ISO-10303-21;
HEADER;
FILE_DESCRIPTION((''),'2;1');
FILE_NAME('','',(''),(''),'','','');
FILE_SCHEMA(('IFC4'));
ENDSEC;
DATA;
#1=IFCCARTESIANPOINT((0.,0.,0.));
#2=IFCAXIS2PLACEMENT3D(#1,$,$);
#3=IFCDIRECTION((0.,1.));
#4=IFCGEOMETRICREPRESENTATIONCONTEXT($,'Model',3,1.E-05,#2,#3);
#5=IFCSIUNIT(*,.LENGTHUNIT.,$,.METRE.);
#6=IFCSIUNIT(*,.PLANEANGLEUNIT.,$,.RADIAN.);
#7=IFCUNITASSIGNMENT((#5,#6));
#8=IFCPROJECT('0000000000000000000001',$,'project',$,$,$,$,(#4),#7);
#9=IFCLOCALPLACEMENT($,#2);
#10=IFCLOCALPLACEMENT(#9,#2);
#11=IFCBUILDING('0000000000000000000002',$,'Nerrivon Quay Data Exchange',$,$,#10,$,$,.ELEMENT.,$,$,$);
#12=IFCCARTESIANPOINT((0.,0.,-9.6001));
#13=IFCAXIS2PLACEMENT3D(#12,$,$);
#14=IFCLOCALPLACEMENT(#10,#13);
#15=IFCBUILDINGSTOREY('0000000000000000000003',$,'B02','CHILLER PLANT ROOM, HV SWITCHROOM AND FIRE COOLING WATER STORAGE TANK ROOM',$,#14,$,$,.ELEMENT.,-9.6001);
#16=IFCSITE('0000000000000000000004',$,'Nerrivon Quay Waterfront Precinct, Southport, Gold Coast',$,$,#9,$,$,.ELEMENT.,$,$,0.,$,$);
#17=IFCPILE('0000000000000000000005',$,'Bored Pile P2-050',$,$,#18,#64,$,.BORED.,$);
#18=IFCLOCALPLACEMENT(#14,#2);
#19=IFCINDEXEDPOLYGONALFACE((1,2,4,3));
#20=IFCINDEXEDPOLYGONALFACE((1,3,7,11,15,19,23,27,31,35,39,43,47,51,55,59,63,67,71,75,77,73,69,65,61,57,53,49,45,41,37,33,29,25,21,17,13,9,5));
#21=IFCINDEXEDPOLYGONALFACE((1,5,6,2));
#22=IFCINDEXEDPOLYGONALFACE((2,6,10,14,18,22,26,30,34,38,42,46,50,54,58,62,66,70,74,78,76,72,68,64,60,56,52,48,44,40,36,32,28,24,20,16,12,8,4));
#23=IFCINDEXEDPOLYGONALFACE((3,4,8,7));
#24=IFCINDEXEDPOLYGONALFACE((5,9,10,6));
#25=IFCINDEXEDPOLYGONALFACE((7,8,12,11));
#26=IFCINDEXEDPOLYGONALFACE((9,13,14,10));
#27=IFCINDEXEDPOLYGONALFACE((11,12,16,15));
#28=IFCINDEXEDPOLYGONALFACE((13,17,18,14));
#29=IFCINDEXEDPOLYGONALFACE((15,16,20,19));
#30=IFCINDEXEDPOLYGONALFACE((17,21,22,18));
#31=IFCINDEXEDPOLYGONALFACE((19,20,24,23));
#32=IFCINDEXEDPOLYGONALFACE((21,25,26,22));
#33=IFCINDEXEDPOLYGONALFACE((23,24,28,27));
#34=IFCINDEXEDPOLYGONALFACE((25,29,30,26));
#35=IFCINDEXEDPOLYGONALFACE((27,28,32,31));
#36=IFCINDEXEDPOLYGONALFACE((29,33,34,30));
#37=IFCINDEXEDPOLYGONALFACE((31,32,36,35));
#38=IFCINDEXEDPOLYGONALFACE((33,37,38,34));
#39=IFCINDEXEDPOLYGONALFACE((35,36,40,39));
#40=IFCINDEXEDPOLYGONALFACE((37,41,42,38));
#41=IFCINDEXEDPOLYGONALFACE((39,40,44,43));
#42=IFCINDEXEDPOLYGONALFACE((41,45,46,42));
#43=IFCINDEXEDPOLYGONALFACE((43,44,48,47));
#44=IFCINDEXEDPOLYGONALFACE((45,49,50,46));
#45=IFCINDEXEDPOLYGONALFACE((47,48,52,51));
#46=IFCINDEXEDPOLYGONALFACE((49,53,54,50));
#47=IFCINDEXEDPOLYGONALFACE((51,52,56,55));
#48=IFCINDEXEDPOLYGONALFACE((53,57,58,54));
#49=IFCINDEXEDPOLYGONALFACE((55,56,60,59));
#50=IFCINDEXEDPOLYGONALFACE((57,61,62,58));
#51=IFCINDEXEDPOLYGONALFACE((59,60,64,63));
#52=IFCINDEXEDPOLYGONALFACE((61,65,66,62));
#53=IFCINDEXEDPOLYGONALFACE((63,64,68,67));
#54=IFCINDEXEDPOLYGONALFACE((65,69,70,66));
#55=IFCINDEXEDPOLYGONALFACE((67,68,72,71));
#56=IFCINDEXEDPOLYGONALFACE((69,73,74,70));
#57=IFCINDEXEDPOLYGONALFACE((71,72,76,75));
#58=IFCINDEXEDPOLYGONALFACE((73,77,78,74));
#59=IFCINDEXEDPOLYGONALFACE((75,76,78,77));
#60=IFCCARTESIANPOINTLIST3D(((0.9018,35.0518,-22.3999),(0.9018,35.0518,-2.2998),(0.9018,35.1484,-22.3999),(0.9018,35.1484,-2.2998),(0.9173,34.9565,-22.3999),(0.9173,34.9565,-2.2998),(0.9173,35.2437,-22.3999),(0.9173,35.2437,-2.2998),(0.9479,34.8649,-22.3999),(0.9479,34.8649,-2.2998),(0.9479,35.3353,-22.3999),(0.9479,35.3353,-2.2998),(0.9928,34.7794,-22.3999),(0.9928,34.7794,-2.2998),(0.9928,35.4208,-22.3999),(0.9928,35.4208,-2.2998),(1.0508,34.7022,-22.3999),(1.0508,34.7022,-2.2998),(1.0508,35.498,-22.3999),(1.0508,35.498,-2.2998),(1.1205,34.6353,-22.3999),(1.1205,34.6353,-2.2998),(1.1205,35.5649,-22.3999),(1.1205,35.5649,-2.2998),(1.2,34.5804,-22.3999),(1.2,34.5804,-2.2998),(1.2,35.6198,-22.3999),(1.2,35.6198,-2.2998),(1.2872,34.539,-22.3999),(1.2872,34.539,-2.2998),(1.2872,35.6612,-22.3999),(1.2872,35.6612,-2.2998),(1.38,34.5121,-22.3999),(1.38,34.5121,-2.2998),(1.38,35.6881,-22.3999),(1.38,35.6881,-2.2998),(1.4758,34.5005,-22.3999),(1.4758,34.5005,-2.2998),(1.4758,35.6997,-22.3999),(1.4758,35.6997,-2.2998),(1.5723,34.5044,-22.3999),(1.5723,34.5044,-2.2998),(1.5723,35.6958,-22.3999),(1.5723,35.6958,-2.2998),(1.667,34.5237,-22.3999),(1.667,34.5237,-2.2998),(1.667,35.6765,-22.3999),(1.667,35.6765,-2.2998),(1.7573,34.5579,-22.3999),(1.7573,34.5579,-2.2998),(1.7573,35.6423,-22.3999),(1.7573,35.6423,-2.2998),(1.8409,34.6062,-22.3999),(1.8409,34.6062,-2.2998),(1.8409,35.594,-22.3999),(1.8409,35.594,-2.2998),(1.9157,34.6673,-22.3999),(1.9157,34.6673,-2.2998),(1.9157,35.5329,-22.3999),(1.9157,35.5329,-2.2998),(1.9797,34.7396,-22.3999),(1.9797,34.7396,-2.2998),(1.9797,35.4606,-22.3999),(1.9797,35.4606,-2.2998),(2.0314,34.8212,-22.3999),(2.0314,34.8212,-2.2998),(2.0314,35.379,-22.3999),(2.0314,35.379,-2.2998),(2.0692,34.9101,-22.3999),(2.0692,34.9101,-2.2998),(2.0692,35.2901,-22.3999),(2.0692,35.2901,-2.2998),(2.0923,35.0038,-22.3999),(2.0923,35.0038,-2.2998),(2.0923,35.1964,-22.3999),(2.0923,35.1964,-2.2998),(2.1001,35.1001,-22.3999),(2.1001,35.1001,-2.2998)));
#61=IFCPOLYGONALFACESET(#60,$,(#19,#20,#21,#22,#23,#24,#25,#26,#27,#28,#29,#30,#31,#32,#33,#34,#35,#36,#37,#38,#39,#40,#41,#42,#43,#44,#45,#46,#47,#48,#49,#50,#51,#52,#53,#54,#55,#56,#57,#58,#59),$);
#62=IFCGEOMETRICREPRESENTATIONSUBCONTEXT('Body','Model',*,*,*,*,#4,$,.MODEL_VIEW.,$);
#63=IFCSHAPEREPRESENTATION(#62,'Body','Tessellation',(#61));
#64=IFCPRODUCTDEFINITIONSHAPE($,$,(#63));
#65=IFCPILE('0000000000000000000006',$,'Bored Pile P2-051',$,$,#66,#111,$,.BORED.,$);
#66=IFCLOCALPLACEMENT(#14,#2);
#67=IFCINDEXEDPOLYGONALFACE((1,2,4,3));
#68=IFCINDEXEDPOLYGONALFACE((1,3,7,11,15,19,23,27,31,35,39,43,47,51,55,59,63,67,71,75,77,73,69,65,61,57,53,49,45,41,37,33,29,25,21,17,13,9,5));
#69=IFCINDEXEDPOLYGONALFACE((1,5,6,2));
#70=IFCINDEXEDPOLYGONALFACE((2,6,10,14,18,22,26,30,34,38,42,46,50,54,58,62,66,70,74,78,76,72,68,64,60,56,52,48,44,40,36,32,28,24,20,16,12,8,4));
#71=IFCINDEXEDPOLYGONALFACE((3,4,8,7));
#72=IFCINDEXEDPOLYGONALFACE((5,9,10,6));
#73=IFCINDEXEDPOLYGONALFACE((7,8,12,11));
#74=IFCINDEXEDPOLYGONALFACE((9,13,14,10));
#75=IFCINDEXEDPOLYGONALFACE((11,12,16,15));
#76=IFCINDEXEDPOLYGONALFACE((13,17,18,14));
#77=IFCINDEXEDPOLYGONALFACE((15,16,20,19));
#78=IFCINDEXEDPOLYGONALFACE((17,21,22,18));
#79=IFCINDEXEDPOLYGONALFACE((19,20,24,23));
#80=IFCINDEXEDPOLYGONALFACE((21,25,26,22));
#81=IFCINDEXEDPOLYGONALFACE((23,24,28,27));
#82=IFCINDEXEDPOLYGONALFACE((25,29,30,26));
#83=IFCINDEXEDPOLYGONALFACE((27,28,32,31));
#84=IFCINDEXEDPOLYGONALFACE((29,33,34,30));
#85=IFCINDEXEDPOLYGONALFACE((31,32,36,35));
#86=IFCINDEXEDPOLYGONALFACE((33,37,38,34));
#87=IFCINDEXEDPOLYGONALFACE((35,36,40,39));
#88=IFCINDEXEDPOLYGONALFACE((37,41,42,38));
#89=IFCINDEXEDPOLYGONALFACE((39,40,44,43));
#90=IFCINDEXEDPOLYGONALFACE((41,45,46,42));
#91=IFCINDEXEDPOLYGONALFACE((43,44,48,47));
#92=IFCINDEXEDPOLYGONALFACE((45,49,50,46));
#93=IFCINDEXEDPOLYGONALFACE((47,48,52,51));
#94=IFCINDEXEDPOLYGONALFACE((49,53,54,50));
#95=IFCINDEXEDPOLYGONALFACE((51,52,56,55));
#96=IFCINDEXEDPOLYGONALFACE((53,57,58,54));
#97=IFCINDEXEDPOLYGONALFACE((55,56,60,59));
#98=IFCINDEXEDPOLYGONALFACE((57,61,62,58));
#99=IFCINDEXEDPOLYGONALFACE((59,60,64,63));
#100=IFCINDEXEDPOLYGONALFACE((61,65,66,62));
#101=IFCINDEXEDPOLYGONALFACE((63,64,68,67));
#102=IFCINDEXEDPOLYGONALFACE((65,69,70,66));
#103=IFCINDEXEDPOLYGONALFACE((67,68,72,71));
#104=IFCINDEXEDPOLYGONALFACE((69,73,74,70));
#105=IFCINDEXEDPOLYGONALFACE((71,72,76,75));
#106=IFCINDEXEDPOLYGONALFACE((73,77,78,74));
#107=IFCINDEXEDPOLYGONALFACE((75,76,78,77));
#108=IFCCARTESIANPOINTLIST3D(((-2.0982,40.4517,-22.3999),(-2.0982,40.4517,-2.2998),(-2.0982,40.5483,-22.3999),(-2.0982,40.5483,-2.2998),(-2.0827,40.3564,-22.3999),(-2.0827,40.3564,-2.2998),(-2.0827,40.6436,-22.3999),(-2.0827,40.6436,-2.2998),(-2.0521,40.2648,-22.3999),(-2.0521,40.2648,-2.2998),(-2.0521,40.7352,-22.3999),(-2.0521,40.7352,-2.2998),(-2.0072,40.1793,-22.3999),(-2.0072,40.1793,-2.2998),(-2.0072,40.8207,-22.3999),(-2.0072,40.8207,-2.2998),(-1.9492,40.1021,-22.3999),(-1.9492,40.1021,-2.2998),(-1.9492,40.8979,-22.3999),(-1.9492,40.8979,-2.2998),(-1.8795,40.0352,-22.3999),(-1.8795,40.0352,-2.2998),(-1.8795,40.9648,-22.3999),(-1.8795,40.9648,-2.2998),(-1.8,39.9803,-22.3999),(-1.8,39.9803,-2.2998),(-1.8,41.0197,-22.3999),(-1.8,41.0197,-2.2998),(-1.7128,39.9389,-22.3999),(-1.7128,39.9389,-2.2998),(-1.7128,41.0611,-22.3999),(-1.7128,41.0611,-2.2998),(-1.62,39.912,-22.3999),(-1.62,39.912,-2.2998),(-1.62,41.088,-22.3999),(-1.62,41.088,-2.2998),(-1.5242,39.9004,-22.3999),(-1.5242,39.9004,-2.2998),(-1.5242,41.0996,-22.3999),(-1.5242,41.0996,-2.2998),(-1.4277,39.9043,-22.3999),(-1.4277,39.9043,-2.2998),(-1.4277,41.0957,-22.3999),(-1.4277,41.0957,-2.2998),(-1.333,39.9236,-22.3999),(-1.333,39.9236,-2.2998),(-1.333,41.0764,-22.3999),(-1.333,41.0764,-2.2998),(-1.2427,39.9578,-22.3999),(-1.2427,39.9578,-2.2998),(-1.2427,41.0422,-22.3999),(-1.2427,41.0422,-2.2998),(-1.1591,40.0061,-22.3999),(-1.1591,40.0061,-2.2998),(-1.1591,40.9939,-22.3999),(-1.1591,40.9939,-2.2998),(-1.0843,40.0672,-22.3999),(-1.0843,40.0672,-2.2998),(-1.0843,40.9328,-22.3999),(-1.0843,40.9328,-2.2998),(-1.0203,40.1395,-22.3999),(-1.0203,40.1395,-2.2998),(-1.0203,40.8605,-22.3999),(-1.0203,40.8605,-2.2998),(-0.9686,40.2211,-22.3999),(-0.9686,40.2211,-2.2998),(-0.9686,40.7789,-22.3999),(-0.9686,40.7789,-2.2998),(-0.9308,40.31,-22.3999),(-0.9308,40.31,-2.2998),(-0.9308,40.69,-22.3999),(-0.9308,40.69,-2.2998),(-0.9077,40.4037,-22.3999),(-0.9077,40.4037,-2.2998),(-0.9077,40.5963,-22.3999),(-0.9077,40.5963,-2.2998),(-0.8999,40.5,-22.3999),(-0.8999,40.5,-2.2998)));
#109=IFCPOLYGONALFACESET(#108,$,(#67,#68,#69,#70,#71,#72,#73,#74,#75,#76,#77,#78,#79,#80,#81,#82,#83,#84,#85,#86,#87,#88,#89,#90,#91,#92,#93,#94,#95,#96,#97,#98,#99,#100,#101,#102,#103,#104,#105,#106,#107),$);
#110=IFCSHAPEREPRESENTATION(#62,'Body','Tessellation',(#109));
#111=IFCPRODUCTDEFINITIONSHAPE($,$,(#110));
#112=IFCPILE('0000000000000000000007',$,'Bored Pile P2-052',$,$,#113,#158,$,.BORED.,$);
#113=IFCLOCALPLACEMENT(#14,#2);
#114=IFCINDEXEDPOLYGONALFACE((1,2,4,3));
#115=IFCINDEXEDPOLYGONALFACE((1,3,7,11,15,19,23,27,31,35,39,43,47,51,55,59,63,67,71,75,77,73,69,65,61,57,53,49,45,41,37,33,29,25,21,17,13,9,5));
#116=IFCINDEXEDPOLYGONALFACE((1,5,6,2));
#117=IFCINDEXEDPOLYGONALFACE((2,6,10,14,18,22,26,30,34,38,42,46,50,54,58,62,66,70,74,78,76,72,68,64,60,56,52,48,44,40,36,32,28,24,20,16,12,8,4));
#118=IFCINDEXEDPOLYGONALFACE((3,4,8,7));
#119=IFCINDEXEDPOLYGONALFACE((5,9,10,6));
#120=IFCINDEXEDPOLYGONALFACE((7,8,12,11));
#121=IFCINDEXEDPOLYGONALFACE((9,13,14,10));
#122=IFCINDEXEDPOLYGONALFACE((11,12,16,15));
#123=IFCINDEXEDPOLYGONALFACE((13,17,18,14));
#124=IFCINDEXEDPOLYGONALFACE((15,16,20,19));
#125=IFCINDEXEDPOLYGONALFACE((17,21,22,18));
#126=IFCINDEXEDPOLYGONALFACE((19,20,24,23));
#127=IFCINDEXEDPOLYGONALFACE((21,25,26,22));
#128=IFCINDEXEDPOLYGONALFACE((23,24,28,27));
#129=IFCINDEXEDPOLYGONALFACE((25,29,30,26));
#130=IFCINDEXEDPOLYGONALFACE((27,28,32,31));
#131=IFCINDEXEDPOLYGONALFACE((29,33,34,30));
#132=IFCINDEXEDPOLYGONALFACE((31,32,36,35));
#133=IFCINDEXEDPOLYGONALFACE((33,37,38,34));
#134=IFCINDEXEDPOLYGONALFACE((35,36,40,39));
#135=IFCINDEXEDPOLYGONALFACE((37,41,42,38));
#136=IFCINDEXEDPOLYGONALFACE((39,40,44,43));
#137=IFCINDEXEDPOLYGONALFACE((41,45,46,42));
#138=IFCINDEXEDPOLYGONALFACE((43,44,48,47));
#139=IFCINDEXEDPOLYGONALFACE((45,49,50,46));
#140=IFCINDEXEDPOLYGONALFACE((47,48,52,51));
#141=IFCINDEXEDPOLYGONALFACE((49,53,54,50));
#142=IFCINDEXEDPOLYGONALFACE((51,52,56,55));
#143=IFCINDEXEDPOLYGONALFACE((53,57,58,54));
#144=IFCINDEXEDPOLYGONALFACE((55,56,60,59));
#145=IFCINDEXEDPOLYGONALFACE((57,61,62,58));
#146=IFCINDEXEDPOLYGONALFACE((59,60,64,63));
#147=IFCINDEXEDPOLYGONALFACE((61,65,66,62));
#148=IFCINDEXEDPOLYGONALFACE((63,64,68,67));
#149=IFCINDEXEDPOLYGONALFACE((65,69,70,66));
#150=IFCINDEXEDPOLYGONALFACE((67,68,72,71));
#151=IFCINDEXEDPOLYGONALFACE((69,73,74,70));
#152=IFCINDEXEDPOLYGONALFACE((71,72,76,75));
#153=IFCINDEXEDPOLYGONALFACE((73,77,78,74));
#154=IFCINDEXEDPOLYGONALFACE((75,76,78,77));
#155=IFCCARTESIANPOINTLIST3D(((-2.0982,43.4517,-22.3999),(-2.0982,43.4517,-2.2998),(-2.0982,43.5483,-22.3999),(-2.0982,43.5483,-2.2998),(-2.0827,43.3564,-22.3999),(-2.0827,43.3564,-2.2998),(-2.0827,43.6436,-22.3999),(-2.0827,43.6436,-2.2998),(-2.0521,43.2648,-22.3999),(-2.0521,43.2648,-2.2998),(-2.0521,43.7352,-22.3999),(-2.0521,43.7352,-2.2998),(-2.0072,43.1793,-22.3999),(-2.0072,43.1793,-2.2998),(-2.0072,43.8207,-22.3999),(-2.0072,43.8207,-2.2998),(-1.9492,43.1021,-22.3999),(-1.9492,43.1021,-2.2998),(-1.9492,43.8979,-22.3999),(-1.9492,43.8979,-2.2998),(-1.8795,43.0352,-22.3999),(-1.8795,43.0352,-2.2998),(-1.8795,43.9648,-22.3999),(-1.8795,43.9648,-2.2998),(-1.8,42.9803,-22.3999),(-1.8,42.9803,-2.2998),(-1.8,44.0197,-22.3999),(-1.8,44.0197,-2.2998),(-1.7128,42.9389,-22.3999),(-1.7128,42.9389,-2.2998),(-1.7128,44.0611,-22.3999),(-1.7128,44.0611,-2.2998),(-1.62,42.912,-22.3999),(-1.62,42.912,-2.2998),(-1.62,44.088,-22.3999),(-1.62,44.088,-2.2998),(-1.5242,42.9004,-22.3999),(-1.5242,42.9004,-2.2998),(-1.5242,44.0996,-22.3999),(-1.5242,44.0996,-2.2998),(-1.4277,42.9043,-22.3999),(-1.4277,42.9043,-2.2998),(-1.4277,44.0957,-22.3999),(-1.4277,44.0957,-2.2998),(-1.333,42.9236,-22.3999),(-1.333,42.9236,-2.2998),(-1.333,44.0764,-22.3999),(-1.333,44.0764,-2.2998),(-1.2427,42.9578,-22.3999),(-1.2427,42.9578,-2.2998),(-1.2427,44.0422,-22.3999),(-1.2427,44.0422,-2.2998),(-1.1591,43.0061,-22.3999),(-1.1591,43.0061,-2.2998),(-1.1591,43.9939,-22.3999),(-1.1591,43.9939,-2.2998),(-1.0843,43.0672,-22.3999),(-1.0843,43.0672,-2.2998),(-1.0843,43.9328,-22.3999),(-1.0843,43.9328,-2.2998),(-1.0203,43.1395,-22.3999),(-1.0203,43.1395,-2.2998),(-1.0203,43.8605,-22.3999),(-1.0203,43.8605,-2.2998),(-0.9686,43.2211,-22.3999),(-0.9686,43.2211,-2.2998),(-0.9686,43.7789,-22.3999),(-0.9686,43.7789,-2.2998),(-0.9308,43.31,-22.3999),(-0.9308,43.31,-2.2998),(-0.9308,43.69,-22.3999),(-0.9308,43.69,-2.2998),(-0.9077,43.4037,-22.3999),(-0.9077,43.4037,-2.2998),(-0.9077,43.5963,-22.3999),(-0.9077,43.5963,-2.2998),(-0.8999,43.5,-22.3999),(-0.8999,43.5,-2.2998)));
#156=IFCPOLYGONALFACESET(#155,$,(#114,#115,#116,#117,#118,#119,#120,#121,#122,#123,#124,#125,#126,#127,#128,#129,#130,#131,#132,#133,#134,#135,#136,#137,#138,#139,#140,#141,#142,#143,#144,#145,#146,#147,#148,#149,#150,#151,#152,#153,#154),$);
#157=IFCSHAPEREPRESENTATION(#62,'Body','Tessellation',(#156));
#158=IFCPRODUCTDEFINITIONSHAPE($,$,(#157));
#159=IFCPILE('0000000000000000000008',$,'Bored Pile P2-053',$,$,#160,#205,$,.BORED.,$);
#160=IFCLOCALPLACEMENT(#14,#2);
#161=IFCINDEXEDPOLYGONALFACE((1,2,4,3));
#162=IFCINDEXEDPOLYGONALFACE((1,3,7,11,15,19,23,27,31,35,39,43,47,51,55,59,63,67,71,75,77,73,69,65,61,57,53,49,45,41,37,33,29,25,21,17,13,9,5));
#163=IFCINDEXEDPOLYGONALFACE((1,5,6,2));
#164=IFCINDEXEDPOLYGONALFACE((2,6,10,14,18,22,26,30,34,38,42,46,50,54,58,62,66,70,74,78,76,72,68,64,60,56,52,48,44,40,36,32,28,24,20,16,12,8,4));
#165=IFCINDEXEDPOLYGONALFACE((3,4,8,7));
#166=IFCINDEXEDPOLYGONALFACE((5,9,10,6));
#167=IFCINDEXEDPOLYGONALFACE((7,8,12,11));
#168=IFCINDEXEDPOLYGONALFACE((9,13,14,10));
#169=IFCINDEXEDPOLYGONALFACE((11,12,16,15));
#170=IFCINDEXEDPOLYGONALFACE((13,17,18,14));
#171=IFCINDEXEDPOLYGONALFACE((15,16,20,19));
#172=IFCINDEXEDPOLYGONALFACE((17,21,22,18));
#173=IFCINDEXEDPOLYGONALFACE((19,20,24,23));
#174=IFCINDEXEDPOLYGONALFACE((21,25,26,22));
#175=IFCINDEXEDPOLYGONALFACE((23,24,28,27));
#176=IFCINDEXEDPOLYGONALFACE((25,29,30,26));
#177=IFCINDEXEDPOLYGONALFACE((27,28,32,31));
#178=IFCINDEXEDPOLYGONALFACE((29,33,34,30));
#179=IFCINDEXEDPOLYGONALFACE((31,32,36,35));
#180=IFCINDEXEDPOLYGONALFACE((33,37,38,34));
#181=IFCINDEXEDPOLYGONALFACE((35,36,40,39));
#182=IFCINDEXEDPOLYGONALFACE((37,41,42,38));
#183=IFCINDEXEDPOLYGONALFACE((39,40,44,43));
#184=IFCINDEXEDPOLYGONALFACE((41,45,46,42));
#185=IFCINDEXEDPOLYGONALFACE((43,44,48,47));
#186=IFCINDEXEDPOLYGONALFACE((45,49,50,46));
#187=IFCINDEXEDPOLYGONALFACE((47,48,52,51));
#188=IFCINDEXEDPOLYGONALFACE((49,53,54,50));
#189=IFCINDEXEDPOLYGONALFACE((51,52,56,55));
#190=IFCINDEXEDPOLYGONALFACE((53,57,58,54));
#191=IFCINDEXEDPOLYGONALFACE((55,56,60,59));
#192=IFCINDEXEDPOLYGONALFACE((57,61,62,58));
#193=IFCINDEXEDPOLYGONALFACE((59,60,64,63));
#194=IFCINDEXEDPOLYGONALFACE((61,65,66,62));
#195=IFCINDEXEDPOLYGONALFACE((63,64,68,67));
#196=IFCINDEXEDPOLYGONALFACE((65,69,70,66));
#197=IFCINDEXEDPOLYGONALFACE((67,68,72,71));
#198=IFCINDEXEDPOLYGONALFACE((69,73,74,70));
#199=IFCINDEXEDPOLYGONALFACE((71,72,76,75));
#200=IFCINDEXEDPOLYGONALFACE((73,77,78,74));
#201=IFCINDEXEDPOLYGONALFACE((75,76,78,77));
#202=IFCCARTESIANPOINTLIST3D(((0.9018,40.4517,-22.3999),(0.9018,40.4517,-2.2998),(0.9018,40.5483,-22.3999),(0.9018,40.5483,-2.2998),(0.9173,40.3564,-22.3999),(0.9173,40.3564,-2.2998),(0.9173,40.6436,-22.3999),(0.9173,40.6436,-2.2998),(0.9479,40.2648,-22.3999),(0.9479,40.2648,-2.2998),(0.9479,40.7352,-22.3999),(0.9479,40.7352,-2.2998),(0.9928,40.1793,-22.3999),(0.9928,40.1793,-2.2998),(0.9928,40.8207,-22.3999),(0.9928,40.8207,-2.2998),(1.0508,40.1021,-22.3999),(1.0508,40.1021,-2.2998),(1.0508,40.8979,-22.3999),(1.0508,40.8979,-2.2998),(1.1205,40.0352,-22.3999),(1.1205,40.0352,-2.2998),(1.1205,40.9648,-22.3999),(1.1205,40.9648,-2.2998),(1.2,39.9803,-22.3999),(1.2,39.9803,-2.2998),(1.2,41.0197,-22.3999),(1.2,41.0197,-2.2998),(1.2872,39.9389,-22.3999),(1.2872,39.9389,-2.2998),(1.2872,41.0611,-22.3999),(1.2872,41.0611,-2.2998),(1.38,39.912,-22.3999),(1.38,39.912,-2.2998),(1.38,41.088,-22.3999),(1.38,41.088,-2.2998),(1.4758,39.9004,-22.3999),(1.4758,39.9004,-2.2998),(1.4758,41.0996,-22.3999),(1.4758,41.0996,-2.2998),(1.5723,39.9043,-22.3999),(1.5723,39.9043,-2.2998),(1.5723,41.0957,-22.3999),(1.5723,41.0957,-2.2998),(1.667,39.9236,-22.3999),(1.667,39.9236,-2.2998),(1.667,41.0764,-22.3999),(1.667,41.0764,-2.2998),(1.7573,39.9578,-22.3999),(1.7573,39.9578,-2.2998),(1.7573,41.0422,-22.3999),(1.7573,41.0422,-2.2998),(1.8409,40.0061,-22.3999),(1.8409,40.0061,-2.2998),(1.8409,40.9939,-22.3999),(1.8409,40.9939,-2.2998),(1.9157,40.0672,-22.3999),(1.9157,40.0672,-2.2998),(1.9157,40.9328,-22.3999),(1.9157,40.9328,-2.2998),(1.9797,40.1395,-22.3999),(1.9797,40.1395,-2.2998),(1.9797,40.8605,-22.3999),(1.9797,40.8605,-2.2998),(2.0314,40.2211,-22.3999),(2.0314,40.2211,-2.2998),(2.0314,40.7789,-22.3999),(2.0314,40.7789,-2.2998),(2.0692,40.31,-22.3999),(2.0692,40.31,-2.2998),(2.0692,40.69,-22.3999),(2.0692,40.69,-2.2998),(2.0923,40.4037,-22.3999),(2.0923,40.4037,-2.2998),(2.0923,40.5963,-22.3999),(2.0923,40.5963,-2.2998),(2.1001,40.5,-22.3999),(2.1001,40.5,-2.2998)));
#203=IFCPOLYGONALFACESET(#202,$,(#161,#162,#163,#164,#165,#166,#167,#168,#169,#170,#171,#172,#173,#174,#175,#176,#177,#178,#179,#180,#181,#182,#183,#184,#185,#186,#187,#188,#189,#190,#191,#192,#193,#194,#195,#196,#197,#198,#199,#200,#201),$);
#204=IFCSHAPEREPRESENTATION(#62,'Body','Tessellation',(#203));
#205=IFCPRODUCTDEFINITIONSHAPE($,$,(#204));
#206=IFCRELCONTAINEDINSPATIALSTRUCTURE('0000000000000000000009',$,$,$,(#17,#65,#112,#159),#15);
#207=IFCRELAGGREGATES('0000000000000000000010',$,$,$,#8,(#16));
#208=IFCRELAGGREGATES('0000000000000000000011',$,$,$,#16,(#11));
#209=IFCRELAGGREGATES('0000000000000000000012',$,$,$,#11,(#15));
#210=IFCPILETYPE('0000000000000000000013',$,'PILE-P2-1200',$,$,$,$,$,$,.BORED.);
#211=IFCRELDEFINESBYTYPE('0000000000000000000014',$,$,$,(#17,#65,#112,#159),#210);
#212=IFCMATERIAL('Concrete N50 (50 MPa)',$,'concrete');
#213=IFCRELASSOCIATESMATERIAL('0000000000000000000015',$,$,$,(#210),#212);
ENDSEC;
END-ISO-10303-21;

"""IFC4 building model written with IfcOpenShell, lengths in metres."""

from ifc_helpers import new_model, si_unit, direction, frame, origin, origin_2d, place, context, subcontext, project, spatial, circle, extrude, material, material_profile, profile_set, type_object, element, save


model = new_model("IFC4")

# Units and contexts
model_context = context("Model", 3, precision=1e-05, world=origin(), true_north=direction((0.0, 1.0)))
body_context = subcontext(model_context, "Body", "Model", "MODEL_VIEW")
ifc_project = project(units=[si_unit("LENGTHUNIT", "METRE"), si_unit("PLANEANGLEUNIT", "RADIAN")], contexts=[model_context])

# Site, building, storey
site_placement = place(None, origin())
site = spatial("IfcSite", under=ifc_project, at=site_placement, Name="Nerrivon Quay Waterfront Precinct, Southport, Gold Coast", CompositionType="ELEMENT", RefElevation=0.0)
building_placement = place(site_placement, origin())
building = spatial("IfcBuilding", under=site, at=building_placement, Name="Nerrivon Quay Data Exchange", CompositionType="ELEMENT")
storey_placement = place(building_placement, frame((0.0, 0.0, -9.6001)))
storey = spatial("IfcBuildingStorey", under=building, at=storey_placement, Name="B02", Description="CHILLER PLANT ROOM, HV SWITCHROOM AND FIRE COOLING WATER STORAGE TANK ROOM", CompositionType="ELEMENT", Elevation=-9.6001)

# Piles
ifc_material_1 = material(Name="Concrete N50 (50 MPa)", Category="concrete")
ifc_material_profile_1 = material_profile(ifc_material_1, circle(Radius=0.6001, at=origin_2d()), Name="PILE-1200")
ifc_profile_set_1 = profile_set([ifc_material_profile_1], Name="Concrete N50 (50 MPa)")
pile_type_1 = type_object("IfcPileType", Name="PILE-P2-1200", PredefinedType="BORED", material=ifc_profile_set_1)
for number, where, z_axis, x_axis, name in (
    (1, (1.5, 35.1001, -2.2998), (0.0, 0.0, -1.0), (1.0, 0.0, 0.0), "Bored Pile P2-050"),
    (2, (-1.5, 40.5, -2.2998), (0.0, 0.0, -1.0), (1.0, 0.0, 0.0), "Bored Pile P2-051"),
    (3, (-1.5, 43.5, -2.2998), (0.0, 0.0, -1.0), (1.0, 0.0, 0.0), "Bored Pile P2-052"),
    (4, (1.5, 40.5, -2.2998), (0.0, 0.0, -1.0), (1.0, 0.0, 0.0), "Bored Pile P2-053"),
):
    element("IfcPile", number, at=place(storey_placement, frame(where, z_axis=z_axis, x_axis=x_axis)), inside=storey, type_object=pile_type_1, Name=name, PredefinedType="BORED", context=body_context, shape_type="SweptSolid", body=[
        extrude(circle(Radius=0.6001, at=origin_2d()), origin(), (0.0, 0.0, 1.0), 20.1001),
    ])

save(model, "model.ifc")
